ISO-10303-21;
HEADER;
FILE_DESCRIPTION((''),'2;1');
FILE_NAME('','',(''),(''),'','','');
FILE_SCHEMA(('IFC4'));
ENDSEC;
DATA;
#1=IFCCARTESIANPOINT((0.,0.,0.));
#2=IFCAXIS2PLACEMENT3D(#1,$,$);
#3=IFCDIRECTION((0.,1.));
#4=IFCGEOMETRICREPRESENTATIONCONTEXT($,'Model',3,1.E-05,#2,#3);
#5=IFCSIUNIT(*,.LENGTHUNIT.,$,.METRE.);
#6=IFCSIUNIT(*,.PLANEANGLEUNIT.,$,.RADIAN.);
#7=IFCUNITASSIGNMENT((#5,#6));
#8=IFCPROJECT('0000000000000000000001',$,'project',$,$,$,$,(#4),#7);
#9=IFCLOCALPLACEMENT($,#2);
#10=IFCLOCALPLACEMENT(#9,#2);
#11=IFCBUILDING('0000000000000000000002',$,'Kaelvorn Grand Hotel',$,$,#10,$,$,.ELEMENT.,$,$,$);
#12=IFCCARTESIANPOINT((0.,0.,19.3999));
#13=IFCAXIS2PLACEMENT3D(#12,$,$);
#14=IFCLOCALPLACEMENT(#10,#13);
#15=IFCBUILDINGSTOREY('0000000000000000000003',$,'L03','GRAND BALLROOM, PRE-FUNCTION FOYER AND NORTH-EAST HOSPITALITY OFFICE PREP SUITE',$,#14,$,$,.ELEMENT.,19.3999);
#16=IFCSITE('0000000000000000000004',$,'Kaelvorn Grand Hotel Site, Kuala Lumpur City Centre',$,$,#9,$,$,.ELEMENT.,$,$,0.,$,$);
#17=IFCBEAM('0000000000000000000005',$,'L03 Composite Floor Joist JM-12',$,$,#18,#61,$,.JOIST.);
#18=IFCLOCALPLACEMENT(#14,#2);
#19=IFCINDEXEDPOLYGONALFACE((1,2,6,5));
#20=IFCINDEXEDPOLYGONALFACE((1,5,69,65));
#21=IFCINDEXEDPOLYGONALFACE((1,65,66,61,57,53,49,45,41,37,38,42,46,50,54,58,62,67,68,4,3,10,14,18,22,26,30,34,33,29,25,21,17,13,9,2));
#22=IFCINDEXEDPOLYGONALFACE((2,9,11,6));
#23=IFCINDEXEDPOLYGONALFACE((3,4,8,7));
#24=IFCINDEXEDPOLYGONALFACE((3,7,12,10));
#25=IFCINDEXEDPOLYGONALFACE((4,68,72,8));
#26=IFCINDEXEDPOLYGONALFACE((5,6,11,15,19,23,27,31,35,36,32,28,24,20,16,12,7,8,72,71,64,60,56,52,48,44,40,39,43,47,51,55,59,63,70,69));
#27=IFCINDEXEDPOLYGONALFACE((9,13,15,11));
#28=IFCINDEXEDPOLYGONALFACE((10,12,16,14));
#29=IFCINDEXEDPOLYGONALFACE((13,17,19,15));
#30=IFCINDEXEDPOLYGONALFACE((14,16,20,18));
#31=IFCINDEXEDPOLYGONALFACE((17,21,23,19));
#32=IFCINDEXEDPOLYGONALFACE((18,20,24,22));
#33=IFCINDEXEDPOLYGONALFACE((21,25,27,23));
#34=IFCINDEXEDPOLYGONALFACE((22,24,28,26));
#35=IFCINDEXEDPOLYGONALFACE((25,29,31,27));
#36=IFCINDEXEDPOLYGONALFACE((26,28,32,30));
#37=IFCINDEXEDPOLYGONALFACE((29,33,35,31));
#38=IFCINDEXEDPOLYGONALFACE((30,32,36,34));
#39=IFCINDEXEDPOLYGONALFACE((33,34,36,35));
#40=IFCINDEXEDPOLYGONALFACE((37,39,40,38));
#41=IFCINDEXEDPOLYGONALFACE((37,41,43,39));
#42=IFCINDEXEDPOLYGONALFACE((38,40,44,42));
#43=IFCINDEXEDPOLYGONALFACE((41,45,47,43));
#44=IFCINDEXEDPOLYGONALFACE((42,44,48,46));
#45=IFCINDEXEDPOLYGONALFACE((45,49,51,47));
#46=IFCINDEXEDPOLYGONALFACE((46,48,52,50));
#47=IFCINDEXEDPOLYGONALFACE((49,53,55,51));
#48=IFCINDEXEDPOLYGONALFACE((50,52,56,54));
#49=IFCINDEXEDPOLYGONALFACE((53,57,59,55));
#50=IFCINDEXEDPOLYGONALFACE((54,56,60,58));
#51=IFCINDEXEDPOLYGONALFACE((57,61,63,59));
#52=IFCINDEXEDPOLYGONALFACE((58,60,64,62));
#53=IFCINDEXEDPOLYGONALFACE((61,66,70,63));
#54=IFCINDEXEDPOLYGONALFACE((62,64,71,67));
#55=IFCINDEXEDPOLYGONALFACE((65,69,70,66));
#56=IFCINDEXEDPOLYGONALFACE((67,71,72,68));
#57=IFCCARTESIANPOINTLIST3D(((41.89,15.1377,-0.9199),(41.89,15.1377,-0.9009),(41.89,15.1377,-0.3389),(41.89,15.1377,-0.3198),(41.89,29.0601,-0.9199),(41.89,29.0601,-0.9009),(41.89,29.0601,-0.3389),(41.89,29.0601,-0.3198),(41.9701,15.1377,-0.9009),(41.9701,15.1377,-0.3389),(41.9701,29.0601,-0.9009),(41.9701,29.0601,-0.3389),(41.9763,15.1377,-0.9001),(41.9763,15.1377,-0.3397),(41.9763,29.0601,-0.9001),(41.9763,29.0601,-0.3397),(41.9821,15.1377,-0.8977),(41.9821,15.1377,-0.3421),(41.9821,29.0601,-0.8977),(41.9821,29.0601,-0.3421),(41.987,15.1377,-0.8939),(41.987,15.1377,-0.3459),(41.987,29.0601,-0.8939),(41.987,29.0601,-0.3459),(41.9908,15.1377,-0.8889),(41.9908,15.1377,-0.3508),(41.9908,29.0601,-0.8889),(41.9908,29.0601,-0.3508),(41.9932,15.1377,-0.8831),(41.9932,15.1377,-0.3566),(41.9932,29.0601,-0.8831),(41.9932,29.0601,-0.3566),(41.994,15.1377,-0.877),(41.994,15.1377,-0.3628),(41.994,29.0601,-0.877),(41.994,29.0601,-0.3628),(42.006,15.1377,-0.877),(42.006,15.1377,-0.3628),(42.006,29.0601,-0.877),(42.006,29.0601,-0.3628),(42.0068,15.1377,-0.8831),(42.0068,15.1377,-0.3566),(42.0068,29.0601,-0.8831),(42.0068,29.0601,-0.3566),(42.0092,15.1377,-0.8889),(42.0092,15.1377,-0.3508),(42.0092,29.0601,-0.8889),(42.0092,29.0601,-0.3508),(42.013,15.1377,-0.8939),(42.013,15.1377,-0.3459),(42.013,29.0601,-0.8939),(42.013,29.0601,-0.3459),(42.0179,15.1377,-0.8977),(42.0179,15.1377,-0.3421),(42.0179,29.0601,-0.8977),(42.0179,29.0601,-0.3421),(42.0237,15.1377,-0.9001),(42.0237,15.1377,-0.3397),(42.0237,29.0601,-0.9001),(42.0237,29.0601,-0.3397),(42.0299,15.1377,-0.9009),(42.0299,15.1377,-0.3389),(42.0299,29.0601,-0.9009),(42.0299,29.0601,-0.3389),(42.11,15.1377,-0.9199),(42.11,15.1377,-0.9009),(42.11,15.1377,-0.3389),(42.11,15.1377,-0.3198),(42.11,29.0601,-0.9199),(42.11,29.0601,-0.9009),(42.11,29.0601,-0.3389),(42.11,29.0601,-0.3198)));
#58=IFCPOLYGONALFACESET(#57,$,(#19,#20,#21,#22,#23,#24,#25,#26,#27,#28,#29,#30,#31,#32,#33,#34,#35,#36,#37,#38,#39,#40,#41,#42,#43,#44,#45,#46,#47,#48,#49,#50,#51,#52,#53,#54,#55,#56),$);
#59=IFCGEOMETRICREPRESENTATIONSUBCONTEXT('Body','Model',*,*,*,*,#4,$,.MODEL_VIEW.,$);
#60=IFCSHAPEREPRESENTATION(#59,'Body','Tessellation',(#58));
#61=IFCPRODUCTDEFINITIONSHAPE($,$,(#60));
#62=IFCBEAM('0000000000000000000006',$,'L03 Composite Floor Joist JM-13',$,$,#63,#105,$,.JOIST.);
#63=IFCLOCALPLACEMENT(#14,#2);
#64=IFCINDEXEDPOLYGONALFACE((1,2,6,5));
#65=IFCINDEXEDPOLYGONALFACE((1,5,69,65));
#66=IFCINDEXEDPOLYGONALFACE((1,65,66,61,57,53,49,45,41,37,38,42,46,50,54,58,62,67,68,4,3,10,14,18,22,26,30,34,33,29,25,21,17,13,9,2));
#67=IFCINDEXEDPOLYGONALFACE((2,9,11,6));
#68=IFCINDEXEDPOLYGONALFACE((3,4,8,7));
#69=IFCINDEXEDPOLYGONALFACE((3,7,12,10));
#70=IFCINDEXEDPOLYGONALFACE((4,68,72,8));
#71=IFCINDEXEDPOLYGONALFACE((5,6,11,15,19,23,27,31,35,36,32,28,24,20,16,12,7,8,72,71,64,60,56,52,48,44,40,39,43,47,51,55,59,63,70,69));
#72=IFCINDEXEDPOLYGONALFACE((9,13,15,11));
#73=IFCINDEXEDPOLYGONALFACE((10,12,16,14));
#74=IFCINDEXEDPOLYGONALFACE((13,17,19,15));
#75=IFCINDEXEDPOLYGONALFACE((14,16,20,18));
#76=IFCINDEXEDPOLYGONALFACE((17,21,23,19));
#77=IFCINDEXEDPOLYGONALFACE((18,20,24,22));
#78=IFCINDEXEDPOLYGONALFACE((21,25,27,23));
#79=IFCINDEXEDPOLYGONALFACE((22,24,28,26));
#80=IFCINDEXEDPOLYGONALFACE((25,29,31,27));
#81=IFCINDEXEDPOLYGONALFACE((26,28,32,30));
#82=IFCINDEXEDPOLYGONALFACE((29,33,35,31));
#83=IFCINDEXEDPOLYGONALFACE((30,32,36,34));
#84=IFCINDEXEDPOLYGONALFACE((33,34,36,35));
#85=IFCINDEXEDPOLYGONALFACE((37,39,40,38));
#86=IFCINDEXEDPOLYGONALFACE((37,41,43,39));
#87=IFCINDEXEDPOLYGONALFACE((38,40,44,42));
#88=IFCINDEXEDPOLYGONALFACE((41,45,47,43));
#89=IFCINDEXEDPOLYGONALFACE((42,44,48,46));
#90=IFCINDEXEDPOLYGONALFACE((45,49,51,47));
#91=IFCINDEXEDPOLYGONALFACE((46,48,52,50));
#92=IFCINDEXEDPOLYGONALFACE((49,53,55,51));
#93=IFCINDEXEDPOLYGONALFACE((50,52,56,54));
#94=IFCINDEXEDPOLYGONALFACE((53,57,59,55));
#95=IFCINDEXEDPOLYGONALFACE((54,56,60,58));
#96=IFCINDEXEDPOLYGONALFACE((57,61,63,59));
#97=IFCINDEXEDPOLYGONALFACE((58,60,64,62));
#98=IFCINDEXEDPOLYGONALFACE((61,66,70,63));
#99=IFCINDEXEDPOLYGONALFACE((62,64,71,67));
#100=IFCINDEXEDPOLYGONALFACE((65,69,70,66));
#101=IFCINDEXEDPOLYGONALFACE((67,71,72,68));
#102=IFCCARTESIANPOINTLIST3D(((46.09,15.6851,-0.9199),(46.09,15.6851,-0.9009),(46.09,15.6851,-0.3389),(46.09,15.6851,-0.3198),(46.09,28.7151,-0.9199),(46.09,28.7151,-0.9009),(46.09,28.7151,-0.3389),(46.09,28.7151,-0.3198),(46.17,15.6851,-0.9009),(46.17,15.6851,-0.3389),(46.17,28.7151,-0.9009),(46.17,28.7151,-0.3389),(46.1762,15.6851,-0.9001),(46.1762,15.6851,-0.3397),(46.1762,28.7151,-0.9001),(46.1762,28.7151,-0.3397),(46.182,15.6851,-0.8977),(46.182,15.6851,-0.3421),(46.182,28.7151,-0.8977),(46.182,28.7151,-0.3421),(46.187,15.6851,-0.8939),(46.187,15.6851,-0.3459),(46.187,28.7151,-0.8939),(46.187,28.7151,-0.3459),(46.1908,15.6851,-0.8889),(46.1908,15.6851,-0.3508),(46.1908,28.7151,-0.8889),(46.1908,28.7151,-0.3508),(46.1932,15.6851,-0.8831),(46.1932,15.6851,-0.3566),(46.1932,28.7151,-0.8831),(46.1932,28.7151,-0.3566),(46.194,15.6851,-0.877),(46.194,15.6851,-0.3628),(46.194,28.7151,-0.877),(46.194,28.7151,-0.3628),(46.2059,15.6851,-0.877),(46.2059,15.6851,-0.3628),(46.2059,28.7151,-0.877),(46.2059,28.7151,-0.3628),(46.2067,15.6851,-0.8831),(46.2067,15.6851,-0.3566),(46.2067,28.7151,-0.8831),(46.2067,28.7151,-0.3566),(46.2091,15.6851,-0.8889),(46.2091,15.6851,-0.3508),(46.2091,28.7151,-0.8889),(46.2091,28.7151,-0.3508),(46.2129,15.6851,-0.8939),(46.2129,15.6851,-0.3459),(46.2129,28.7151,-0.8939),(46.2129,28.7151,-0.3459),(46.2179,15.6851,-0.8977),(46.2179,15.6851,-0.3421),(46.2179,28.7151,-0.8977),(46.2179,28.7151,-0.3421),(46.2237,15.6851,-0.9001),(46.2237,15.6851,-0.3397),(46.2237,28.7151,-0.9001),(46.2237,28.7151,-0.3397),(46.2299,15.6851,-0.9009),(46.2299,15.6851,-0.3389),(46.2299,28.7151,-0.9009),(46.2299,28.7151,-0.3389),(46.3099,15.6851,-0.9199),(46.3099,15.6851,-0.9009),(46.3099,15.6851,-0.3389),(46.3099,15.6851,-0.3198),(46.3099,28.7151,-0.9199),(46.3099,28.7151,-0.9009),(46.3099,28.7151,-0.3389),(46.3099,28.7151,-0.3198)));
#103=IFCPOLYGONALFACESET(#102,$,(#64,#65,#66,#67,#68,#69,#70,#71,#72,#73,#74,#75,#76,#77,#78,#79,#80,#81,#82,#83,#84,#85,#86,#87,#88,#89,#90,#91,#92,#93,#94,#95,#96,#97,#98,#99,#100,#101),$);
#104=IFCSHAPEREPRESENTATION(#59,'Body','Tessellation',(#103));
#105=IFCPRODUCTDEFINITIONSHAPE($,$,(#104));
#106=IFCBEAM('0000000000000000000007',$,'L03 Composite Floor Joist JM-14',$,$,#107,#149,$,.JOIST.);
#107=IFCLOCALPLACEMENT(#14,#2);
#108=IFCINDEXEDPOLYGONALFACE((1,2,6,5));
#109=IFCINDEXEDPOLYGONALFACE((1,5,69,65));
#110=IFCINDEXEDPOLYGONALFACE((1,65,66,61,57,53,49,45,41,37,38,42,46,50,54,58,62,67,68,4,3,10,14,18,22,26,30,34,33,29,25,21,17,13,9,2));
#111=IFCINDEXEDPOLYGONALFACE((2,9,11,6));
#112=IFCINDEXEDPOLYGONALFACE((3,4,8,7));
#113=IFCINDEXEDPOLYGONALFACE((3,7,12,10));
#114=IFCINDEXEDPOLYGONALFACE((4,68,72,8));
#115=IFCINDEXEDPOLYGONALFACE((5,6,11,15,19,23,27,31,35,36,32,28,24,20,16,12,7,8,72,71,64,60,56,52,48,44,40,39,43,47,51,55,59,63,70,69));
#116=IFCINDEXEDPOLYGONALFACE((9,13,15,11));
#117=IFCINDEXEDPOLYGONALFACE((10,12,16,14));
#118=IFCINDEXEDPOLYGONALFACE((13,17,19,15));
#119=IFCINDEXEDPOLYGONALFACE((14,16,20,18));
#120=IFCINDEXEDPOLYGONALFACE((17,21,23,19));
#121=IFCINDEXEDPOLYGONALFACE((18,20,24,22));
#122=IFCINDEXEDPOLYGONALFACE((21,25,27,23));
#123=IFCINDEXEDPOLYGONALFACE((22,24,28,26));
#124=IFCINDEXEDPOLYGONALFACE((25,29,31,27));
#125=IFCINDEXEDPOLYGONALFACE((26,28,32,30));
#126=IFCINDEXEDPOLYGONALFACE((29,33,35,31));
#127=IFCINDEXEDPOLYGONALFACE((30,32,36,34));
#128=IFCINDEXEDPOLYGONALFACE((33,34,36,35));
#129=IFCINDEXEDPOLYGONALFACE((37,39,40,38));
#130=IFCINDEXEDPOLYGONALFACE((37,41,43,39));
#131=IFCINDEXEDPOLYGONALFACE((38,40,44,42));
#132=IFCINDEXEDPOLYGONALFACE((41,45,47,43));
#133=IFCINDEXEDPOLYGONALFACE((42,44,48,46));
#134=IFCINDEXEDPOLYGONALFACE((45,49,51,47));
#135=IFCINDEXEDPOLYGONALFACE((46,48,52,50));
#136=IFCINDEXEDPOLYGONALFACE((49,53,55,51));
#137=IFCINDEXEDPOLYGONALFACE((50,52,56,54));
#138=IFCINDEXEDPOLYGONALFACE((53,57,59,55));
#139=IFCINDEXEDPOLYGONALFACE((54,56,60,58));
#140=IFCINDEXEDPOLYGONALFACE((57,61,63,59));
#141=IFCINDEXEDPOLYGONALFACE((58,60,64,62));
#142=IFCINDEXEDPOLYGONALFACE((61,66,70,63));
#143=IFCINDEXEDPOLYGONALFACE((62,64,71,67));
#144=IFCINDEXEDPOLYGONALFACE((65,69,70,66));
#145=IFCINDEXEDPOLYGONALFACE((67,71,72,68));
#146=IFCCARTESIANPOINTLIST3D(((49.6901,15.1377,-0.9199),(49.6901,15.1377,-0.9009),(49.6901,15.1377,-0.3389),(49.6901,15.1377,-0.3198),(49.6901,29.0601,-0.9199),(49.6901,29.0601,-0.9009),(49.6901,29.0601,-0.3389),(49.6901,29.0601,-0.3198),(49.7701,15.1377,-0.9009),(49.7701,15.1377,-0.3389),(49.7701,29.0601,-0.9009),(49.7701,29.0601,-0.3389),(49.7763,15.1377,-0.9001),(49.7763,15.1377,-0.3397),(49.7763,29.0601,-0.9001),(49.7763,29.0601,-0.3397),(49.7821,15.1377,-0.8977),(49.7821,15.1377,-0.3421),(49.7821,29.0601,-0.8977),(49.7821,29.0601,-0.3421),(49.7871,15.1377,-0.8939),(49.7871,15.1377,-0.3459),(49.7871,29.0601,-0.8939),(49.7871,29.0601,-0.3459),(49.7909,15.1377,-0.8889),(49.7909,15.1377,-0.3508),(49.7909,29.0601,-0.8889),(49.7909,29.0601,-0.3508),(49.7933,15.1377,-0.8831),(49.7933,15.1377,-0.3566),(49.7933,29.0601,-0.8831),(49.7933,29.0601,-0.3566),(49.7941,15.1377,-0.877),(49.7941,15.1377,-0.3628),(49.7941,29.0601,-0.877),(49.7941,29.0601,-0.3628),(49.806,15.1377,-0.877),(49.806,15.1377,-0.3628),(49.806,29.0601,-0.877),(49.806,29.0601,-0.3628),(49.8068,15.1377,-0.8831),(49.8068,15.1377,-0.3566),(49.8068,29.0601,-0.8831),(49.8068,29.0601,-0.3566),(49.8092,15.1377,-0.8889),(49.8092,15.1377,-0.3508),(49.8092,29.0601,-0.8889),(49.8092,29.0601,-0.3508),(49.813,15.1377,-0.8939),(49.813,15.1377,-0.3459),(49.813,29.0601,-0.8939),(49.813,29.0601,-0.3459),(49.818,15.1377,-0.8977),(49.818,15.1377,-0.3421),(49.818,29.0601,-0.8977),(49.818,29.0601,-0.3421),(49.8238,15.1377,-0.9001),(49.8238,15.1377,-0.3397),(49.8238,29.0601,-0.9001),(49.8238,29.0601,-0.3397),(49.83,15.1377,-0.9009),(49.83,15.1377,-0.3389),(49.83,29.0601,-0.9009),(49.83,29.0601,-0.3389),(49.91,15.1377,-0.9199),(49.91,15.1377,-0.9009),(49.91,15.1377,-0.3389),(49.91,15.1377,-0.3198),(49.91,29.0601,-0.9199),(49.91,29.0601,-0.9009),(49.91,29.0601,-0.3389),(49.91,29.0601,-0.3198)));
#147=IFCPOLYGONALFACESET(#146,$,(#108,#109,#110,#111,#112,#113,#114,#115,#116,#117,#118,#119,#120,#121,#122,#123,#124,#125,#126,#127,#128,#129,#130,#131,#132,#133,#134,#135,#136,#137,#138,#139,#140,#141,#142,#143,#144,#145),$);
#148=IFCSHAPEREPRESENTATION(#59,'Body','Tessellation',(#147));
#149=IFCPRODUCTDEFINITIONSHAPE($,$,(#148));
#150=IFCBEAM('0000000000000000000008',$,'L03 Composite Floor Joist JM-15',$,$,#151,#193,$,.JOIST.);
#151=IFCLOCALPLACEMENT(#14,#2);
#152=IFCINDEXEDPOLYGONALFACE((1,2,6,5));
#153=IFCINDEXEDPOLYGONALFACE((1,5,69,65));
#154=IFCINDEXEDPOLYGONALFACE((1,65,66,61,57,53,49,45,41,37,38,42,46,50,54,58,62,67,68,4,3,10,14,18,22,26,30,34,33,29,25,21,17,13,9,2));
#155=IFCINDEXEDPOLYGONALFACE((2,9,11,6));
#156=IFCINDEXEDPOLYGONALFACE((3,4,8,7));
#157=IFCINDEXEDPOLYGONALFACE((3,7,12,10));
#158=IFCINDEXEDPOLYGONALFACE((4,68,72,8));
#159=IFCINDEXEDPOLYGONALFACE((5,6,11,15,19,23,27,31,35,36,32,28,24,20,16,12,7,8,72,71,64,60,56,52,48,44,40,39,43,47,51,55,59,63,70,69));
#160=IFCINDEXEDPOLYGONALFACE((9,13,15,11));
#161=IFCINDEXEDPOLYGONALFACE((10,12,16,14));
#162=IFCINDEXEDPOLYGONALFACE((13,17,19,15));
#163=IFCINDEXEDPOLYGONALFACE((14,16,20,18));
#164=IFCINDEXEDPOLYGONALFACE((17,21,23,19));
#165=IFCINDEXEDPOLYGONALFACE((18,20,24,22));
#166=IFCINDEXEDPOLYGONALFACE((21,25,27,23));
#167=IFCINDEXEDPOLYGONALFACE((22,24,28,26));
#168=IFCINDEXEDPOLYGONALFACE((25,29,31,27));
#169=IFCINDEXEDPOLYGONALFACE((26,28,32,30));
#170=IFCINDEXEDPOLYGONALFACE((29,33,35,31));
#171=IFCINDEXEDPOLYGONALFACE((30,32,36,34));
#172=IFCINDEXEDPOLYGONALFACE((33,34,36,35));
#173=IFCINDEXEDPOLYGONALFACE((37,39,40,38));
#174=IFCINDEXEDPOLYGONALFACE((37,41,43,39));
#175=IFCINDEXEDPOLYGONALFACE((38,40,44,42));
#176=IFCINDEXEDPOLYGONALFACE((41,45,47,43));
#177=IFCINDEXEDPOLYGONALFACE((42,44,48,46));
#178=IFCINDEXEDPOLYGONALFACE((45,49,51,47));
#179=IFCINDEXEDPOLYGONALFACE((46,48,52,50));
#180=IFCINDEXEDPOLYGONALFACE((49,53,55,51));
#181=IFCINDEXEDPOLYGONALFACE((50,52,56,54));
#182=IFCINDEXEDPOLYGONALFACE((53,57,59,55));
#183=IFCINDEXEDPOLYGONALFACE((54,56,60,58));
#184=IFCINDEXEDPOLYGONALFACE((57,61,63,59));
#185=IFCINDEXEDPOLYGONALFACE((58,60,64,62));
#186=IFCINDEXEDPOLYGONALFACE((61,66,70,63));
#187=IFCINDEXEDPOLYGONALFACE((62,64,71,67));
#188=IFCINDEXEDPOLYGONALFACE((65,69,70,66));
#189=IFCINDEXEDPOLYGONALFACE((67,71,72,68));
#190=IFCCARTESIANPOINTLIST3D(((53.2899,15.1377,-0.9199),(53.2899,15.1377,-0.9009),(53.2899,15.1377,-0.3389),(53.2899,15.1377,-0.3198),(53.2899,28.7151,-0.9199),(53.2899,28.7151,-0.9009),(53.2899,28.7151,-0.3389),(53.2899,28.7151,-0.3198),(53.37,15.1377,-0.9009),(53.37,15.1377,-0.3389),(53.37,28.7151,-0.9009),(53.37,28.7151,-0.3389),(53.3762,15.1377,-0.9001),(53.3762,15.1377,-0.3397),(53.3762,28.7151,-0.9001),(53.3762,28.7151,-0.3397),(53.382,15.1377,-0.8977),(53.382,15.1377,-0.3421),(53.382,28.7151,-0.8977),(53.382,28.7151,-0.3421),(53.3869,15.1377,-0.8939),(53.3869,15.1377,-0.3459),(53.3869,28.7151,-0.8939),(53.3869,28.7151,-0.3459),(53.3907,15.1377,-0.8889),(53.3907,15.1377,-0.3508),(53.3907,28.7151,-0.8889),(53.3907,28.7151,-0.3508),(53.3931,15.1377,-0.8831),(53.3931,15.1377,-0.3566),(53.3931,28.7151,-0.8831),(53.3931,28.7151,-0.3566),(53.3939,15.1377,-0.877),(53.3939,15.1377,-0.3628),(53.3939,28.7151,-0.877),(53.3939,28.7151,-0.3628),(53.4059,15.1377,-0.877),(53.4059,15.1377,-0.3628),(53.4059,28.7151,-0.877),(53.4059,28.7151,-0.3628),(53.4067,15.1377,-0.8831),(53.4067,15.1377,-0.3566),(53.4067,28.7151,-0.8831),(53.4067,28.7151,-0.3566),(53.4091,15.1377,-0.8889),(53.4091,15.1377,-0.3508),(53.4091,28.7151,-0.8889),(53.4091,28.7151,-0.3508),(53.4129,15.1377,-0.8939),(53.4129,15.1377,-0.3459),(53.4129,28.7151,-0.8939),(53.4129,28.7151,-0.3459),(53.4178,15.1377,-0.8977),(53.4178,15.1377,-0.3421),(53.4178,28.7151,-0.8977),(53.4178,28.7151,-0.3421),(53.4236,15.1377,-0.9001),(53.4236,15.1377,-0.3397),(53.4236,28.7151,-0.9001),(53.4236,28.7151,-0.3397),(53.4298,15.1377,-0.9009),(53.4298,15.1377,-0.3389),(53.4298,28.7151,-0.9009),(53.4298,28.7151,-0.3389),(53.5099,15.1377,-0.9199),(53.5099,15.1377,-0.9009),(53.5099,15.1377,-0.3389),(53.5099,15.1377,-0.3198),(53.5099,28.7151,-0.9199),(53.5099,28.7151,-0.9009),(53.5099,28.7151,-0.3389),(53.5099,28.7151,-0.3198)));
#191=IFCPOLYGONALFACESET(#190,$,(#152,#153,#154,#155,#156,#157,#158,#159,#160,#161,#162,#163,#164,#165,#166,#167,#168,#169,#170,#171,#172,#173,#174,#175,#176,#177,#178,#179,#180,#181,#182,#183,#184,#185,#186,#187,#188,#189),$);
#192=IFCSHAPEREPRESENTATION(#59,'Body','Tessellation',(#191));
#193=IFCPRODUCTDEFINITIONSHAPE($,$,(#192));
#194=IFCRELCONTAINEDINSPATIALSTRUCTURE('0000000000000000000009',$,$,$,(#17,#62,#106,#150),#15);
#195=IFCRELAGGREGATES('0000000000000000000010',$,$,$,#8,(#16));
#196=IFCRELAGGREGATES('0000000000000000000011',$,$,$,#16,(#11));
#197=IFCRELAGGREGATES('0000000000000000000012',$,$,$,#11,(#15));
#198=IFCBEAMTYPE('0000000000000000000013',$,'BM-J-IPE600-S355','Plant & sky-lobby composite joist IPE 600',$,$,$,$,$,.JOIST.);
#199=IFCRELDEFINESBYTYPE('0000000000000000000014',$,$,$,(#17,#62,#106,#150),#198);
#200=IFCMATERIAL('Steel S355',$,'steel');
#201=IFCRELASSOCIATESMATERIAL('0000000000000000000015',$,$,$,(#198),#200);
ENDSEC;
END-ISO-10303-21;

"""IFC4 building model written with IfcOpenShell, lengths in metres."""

from ifc_helpers import new_model, si_unit, direction, frame, origin, origin_2d, place, context, subcontext, project, spatial, i_section, extrude, material, material_profile, profile_set, type_object, element, save


model = new_model("IFC4")

# Units and contexts
model_context = context("Model", 3, precision=1e-05, world=origin(), true_north=direction((0.0, 1.0)))
body_context = subcontext(model_context, "Body", "Model", "MODEL_VIEW")
ifc_project = project(units=[si_unit("LENGTHUNIT", "METRE"), si_unit("PLANEANGLEUNIT", "RADIAN")], contexts=[model_context])

# Site, building, storey
site_placement = place(None, origin())
site = spatial("IfcSite", under=ifc_project, at=site_placement, Name="Kaelvorn Grand Hotel Site, Kuala Lumpur City Centre", CompositionType="ELEMENT", RefElevation=0.0)
building_placement = place(site_placement, origin())
building = spatial("IfcBuilding", under=site, at=building_placement, Name="Kaelvorn Grand Hotel", CompositionType="ELEMENT")
storey_placement = place(building_placement, frame((0.0, 0.0, 19.3999)))
storey = spatial("IfcBuildingStorey", under=building, at=storey_placement, Name="L03", Description="GRAND BALLROOM, PRE-FUNCTION FOYER AND NORTH-EAST HOSPITALITY OFFICE PREP SUITE", CompositionType="ELEMENT", Elevation=19.3999)

# Beams
ifc_material_1 = material(Name="Steel S355", Category="steel")
ifc_material_profile_1 = material_profile(ifc_material_1, i_section(OverallWidth=0.22, OverallDepth=0.6001, WebThickness=0.012, FlangeThickness=0.019, FilletRadius=0.0239, at=origin_2d()), Name="IPE 600")
ifc_profile_set_1 = profile_set([ifc_material_profile_1], Name="Steel S355")
beam_type_1 = type_object("IfcBeamType", Name="BM-J-IPE600-S355", Description="Plant & sky-lobby composite joist IPE 600", PredefinedType="JOIST", material=ifc_profile_set_1)
beam_1_placement = place(storey_placement, frame((42.0, 15.1377, -0.6199), z_axis=(0.0, 1.0, 0.0), x_axis=(-1.0, 0.0, 0.0)))
element("IfcBeam", 1, at=beam_1_placement, inside=storey, type_object=beam_type_1, Name="L03 Composite Floor Joist JM-12", PredefinedType="JOIST", context=body_context, shape_type="SweptSolid", body=[
    extrude(i_section(OverallWidth=0.22, OverallDepth=0.6001, WebThickness=0.012, FlangeThickness=0.019, FilletRadius=0.0239, at=origin_2d()), origin(), (0.0, 0.0, 1.0), 13.9224),
])
beam_2_placement = place(storey_placement, frame((46.2, 15.6851, -0.6199), z_axis=(0.0, 1.0, 0.0), x_axis=(-1.0, 0.0, 0.0)))
element("IfcBeam", 2, at=beam_2_placement, inside=storey, type_object=beam_type_1, Name="L03 Composite Floor Joist JM-13", PredefinedType="JOIST", context=body_context, shape_type="SweptSolid", body=[
    extrude(i_section(OverallWidth=0.22, OverallDepth=0.6001, WebThickness=0.012, FlangeThickness=0.019, FilletRadius=0.0239, at=origin_2d()), origin(), (0.0, 0.0, 1.0), 13.03),
])
beam_3_placement = place(storey_placement, frame((49.8, 15.1377, -0.6199), z_axis=(0.0, 1.0, 0.0), x_axis=(-1.0, 0.0, 0.0)))
element("IfcBeam", 3, at=beam_3_placement, inside=storey, type_object=beam_type_1, Name="L03 Composite Floor Joist JM-14", PredefinedType="JOIST", context=body_context, shape_type="SweptSolid", body=[
    extrude(i_section(OverallWidth=0.22, OverallDepth=0.6001, WebThickness=0.012, FlangeThickness=0.019, FilletRadius=0.0239, at=origin_2d()), origin(), (0.0, 0.0, 1.0), 13.9224),
])
beam_4_placement = place(storey_placement, frame((53.3999, 15.1377, -0.6199), z_axis=(0.0, 1.0, 0.0), x_axis=(-1.0, 0.0, 0.0)))
element("IfcBeam", 4, at=beam_4_placement, inside=storey, type_object=beam_type_1, Name="L03 Composite Floor Joist JM-15", PredefinedType="JOIST", context=body_context, shape_type="SweptSolid", body=[
    extrude(i_section(OverallWidth=0.22, OverallDepth=0.6001, WebThickness=0.012, FlangeThickness=0.019, FilletRadius=0.0239, at=origin_2d()), origin(), (0.0, 0.0, 1.0), 13.5774),
])

save(model, "model.ifc")
